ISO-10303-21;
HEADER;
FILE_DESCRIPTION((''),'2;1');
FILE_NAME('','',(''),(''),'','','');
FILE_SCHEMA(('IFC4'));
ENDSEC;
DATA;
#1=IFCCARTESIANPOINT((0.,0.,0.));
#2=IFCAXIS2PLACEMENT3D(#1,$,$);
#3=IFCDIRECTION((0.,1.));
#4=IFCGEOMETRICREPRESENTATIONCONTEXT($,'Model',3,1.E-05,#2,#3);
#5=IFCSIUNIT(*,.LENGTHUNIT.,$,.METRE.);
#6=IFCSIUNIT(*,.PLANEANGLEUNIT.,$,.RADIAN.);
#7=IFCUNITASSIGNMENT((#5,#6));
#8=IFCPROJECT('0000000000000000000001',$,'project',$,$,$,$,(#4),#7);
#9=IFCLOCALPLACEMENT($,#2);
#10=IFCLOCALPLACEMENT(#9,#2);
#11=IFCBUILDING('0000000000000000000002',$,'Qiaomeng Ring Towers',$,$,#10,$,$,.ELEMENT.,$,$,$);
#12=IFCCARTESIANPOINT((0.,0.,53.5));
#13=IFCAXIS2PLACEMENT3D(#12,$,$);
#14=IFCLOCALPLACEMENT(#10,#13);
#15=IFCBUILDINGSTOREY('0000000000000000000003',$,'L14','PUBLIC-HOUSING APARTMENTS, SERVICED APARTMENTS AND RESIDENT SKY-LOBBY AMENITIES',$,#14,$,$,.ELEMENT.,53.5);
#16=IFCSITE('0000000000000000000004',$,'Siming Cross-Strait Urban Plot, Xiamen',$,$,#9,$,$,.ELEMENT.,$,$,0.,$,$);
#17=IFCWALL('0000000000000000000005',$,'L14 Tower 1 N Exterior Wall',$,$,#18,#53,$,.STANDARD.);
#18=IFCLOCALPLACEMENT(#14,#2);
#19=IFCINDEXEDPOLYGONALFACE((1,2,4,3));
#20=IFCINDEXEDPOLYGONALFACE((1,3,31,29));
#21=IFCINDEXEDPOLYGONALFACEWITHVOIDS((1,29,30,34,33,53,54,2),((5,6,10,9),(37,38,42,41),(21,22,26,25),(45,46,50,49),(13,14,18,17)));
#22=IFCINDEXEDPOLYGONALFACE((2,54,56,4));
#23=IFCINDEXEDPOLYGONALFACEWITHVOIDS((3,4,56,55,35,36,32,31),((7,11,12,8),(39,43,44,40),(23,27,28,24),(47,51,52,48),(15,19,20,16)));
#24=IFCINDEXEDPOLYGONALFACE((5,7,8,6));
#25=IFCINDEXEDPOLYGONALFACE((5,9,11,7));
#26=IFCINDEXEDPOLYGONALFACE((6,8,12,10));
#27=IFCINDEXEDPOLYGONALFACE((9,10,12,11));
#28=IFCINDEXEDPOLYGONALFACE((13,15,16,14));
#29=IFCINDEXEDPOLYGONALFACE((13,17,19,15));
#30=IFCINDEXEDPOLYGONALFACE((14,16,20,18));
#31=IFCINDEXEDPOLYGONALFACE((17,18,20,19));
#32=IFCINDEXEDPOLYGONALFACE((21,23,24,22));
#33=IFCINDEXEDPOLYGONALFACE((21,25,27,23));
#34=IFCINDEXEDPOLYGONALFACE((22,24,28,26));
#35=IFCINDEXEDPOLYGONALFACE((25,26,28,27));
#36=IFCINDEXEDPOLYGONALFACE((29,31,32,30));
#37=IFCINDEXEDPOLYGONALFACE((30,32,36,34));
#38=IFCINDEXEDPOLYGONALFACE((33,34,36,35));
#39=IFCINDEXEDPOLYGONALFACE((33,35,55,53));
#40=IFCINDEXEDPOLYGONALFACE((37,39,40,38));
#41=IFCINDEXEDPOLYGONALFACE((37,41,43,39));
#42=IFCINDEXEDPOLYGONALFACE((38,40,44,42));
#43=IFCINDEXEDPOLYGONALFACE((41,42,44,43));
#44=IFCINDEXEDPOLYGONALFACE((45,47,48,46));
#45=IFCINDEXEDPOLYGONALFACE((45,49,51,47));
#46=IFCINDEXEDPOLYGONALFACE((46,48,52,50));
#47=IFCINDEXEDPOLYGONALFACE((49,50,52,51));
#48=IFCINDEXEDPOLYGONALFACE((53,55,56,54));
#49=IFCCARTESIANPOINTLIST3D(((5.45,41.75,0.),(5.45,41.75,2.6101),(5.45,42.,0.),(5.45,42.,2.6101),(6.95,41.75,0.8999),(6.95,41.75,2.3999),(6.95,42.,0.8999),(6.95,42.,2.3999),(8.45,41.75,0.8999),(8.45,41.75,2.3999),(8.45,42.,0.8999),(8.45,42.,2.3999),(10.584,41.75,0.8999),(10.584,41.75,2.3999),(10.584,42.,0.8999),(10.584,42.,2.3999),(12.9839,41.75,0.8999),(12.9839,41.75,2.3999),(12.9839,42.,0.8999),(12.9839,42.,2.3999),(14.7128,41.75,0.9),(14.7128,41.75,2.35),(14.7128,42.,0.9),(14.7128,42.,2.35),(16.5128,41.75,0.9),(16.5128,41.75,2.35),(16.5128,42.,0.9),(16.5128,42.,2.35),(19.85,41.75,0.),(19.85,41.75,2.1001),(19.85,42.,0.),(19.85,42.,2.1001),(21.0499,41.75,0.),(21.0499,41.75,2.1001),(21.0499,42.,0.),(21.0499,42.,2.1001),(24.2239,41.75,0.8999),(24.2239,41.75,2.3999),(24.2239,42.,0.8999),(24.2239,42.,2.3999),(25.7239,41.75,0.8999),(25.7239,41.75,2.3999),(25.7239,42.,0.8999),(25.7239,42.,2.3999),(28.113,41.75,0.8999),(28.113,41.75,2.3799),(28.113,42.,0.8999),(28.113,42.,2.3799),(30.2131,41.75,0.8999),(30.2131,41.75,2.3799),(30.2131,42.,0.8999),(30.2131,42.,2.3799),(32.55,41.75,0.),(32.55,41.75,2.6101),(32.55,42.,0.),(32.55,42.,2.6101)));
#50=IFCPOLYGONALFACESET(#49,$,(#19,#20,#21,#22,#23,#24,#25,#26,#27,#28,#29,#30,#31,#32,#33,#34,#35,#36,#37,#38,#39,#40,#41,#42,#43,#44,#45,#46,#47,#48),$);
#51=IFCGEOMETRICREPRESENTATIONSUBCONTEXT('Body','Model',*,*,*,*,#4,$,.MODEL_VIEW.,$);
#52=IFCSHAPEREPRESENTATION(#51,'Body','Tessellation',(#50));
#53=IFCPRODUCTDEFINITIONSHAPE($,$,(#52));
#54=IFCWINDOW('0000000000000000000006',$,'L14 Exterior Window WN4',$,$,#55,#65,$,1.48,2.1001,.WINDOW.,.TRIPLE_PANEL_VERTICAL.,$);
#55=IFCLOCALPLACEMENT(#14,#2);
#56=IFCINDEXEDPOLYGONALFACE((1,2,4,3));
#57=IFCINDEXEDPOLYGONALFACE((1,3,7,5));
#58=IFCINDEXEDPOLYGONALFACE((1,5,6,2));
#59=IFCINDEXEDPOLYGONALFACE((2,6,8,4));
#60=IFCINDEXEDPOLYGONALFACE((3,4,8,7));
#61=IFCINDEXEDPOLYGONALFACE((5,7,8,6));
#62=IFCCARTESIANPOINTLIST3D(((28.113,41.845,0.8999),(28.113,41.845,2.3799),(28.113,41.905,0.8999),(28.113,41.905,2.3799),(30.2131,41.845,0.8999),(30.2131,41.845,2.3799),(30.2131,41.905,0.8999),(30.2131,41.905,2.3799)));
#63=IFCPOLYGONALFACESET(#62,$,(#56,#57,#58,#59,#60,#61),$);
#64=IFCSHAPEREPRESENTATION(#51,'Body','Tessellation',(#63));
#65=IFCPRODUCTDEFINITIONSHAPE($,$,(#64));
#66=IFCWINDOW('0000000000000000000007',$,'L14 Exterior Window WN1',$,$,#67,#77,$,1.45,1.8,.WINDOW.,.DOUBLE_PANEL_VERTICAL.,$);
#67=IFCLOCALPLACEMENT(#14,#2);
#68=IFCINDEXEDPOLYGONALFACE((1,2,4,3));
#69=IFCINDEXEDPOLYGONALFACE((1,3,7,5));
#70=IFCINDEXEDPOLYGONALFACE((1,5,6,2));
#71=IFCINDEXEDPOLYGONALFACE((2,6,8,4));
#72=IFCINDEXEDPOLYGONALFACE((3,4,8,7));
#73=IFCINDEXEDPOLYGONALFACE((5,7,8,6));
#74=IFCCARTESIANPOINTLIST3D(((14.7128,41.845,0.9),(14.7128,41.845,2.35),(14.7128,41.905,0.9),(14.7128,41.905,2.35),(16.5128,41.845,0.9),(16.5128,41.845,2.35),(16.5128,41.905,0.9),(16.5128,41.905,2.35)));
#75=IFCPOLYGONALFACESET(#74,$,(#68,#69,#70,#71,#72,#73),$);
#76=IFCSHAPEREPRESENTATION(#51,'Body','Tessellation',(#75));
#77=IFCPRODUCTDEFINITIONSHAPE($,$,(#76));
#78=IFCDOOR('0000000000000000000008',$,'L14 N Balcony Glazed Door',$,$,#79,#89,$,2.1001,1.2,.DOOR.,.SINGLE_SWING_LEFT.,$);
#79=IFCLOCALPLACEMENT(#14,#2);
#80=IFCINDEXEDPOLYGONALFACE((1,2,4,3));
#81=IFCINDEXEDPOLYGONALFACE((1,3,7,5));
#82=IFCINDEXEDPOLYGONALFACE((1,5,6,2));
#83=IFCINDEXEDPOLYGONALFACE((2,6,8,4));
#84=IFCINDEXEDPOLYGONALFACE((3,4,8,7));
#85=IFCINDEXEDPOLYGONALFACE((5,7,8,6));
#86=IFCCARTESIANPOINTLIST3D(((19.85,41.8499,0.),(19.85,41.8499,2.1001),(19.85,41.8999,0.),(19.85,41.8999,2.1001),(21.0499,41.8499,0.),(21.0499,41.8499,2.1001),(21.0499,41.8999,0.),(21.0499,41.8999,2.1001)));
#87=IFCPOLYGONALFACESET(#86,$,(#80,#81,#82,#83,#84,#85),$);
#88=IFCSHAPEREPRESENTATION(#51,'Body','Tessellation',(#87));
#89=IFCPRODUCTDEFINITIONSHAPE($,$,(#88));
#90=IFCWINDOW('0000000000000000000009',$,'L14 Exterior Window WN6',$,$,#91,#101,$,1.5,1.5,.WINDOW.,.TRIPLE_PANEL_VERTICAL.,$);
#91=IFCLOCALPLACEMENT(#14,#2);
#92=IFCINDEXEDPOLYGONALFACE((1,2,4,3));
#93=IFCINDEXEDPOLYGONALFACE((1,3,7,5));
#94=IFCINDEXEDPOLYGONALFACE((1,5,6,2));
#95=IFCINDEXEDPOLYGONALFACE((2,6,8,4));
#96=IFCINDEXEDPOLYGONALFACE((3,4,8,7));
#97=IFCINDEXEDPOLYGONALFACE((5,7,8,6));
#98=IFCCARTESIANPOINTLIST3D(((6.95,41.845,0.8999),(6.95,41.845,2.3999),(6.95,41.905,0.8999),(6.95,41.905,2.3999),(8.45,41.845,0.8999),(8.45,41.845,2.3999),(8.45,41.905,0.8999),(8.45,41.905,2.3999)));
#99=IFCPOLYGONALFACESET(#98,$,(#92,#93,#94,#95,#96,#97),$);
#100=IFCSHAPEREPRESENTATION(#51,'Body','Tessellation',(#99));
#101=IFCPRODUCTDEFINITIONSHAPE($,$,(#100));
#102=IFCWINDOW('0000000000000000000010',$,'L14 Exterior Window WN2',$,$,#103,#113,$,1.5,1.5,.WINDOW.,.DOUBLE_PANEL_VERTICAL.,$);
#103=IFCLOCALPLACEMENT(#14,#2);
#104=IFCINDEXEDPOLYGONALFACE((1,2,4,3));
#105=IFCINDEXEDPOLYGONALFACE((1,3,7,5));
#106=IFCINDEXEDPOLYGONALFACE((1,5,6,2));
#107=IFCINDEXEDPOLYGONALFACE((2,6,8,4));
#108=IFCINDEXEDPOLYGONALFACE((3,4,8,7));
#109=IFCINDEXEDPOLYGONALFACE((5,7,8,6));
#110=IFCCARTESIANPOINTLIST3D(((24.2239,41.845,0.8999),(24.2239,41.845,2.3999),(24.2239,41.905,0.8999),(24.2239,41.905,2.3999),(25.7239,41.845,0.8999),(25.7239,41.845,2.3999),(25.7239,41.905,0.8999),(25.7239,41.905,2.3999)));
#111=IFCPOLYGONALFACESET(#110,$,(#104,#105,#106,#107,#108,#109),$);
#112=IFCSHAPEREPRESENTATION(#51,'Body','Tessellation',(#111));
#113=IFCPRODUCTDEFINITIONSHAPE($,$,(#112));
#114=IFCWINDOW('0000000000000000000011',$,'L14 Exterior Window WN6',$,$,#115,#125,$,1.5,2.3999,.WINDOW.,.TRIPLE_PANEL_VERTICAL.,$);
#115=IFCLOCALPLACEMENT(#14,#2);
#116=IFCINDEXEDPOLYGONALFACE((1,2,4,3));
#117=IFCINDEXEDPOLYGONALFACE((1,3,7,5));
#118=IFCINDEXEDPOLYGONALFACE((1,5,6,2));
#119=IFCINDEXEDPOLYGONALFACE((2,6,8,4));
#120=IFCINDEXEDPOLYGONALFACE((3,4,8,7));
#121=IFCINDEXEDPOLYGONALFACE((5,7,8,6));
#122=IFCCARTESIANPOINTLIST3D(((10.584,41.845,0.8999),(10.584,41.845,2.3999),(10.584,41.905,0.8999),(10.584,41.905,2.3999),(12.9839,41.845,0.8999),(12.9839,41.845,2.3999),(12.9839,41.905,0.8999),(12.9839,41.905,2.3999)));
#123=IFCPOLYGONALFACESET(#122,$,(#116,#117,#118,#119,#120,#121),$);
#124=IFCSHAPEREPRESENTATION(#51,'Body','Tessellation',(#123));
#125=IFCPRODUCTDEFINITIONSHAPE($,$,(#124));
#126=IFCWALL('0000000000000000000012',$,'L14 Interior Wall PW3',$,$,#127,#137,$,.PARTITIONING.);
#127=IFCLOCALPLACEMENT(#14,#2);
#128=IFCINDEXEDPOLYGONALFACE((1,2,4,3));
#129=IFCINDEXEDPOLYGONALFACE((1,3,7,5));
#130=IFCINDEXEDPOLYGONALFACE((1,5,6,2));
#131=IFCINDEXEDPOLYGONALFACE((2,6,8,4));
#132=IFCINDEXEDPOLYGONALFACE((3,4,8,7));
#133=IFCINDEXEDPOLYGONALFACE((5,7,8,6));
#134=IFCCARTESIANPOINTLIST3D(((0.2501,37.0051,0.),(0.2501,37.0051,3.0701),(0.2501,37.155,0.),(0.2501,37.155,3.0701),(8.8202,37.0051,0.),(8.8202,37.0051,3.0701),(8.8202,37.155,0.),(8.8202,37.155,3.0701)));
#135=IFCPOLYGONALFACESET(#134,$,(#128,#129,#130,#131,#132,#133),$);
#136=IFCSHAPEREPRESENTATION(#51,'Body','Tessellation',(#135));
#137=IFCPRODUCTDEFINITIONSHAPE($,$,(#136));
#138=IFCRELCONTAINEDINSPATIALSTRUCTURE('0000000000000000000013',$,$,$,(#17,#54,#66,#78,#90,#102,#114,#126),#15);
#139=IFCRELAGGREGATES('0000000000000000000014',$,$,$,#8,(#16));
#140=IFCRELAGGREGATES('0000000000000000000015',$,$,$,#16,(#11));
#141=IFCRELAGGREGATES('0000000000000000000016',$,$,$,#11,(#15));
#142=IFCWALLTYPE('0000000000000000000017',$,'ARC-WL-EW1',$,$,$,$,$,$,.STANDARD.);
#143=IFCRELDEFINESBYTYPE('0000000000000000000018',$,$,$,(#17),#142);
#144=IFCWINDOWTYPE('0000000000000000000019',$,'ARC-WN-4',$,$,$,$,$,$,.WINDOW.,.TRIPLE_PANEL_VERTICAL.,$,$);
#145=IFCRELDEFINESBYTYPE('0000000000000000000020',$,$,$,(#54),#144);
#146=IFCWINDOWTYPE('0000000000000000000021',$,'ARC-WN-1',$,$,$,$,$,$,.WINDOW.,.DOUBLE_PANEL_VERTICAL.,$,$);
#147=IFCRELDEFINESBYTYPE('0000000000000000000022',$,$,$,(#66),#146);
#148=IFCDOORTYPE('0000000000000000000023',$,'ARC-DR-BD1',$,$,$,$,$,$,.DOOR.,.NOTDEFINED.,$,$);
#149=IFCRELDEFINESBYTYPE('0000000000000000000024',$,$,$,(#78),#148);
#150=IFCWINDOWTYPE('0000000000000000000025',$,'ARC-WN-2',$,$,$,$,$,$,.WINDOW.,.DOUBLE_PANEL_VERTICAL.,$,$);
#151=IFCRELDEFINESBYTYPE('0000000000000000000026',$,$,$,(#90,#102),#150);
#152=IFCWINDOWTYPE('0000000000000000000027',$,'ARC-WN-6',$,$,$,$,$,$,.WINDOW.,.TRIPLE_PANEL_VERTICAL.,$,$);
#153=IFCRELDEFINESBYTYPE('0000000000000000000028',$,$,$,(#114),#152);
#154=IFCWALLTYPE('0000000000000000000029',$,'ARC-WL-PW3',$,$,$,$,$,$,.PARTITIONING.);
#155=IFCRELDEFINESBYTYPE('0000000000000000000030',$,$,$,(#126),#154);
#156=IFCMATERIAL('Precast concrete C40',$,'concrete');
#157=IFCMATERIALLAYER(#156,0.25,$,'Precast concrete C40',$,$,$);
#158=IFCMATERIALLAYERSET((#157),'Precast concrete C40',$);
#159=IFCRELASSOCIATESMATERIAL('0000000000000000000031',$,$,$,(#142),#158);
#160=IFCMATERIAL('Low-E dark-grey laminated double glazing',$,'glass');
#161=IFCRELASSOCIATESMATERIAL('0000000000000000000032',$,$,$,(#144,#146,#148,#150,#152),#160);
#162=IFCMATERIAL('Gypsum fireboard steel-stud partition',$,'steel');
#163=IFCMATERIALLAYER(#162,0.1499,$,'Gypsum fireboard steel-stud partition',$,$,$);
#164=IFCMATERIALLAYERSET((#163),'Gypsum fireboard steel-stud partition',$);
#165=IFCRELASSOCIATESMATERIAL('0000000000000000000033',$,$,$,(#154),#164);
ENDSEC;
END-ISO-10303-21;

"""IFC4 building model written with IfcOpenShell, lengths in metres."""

from ifc_helpers import new_model, si_unit, direction, frame, frame_2d, origin, place, context, subcontext, project, spatial, rectangle, extrude, source, transform, mapped, material, layer, layer_set, type_object, element, fill, save


model = new_model("IFC4")

# Units and contexts
model_context = context("Model", 3, precision=1e-05, world=origin(), true_north=direction((0.0, 1.0)))
body_context = subcontext(model_context, "Body", "Model", "MODEL_VIEW")
ifc_project = project(units=[si_unit("LENGTHUNIT", "METRE"), si_unit("PLANEANGLEUNIT", "RADIAN")], contexts=[model_context])

# Site, building, storey
site_placement = place(None, origin())
site = spatial("IfcSite", under=ifc_project, at=site_placement, Name="Siming Cross-Strait Urban Plot, Xiamen", CompositionType="ELEMENT", RefElevation=0.0)
building_placement = place(site_placement, origin())
building = spatial("IfcBuilding", under=site, at=building_placement, Name="Qiaomeng Ring Towers", CompositionType="ELEMENT")
storey_placement = place(building_placement, frame((0.0, 0.0, 53.5)))
storey = spatial("IfcBuildingStorey", under=building, at=storey_placement, Name="L14", Description="PUBLIC-HOUSING APARTMENTS, SERVICED APARTMENTS AND RESIDENT SKY-LOBBY AMENITIES", CompositionType="ELEMENT", Elevation=53.5)

# Shared definitions
ifc_material_1 = material(Name="Low-E dark-grey laminated double glazing", Category="glass")

# Wall, openings, windows, door
ifc_material_2 = material(Name="Precast concrete C40", Category="concrete")
ifc_layer_1 = layer(ifc_material_2, 0.25, Name="Precast concrete C40")
ifc_layer_set_1 = layer_set([ifc_layer_1], Name="Precast concrete C40")
wall_type_1 = type_object("IfcWallType", Name="ARC-WL-EW1", PredefinedType="STANDARD", material=ifc_layer_set_1)
wall_1_placement = place(storey_placement, frame((5.45, 41.875, 0.0), z_axis=(0.0, 0.0, 1.0), x_axis=(1.0, 0.0, 0.0)))
wall_1 = element("IfcWall", 1, at=wall_1_placement, inside=storey, type_object=wall_type_1, Name="L14 Tower 1 N Exterior Wall", PredefinedType="STANDARD", context=body_context, shape_type="SweptSolid", body=[
    extrude(rectangle(XDim=27.1001, YDim=0.25, at=frame_2d((13.55, 0.0))), origin(), (0.0, 0.0, 1.0), 2.6101),
])
opening_1_placement = place(wall_1_placement, frame((14.3999, 0.0, 0.0)))
opening_1 = element("IfcOpeningElement", 2, at=opening_1_placement, cuts=wall_1, PredefinedType="OPENING", context=body_context, shape_type="SweptSolid", body=[
    extrude(rectangle(XDim=1.2, YDim=2.1001, at=frame_2d((0.6001, 1.05))), frame((0.0, 0.135, 0.0), z_axis=(0.0, -1.0, 0.0), x_axis=(1.0, 0.0, 0.0)), (0.0, 0.0, 1.0), 0.27),
])
opening_2_placement = place(wall_1_placement, frame((1.5, 0.0, 0.8999)))
opening_2 = element("IfcOpeningElement", 3, at=opening_2_placement, cuts=wall_1, PredefinedType="OPENING", context=body_context, shape_type="SweptSolid", body=[
    extrude(rectangle(XDim=1.5, YDim=1.5, at=frame_2d((0.75, 0.75))), frame((0.0, 0.135, 0.0), z_axis=(0.0, -1.0, 0.0), x_axis=(1.0, 0.0, 0.0)), (0.0, 0.0, 1.0), 0.27),
])
opening_3_placement = place(wall_1_placement, frame((9.2629, 0.0, 0.8999)))
opening_3 = element("IfcOpeningElement", 4, at=opening_3_placement, cuts=wall_1, PredefinedType="OPENING", context=body_context, shape_type="SweptSolid", body=[
    extrude(rectangle(XDim=1.8, YDim=1.45, at=frame_2d((0.8999, 0.7251))), frame((0.0, 0.135, 0.0), z_axis=(0.0, -1.0, 0.0), x_axis=(1.0, 0.0, 0.0)), (0.0, 0.0, 1.0), 0.27),
])
opening_4_placement = place(wall_1_placement, frame((18.7739, 0.0, 0.8999)))
opening_4 = element("IfcOpeningElement", 5, at=opening_4_placement, cuts=wall_1, PredefinedType="OPENING", context=body_context, shape_type="SweptSolid", body=[
    extrude(rectangle(XDim=1.5, YDim=1.5, at=frame_2d((0.75, 0.75))), frame((0.0, 0.135, 0.0), z_axis=(0.0, -1.0, 0.0), x_axis=(1.0, 0.0, 0.0)), (0.0, 0.0, 1.0), 0.27),
])
opening_5_placement = place(wall_1_placement, frame((22.6631, 0.0, 0.8999)))
opening_5 = element("IfcOpeningElement", 6, at=opening_5_placement, cuts=wall_1, PredefinedType="OPENING", context=body_context, shape_type="SweptSolid", body=[
    extrude(rectangle(XDim=2.1001, YDim=1.48, at=frame_2d((1.05, 0.74))), frame((0.0, 0.135, 0.0), z_axis=(0.0, -1.0, 0.0), x_axis=(1.0, 0.0, 0.0)), (0.0, 0.0, 1.0), 0.27),
])
opening_6_placement = place(wall_1_placement, frame((5.134, 0.0, 0.8999)))
opening_6 = element("IfcOpeningElement", 7, at=opening_6_placement, cuts=wall_1, PredefinedType="OPENING", context=body_context, shape_type="SweptSolid", body=[
    extrude(rectangle(XDim=2.3999, YDim=1.5, at=frame_2d((1.2, 0.75))), frame((0.0, 0.135, 0.0), z_axis=(0.0, -1.0, 0.0), x_axis=(1.0, 0.0, 0.0)), (0.0, 0.0, 1.0), 0.27),
])
window_type_1 = type_object("IfcWindowType", Name="ARC-WN-4", PartitioningType="TRIPLE_PANEL_VERTICAL", PredefinedType="WINDOW", material=ifc_material_1)
shared_shape_1 = source(origin(), body_context, "Body", "SweptSolid", [
    extrude(rectangle(XDim=2.1001, YDim=1.48, at=frame_2d((1.05, 0.74))), frame((0.0, 0.03, 0.0), z_axis=(0.0, -1.0, 0.0), x_axis=(1.0, 0.0, 0.0)), (0.0, 0.0, 1.0), 0.0601),
])
window_1_placement = place(opening_5_placement, origin())
window_1 = element("IfcWindow", 8, at=window_1_placement, inside=storey, type_object=window_type_1, Name="L14 Exterior Window WN4", OverallHeight=1.48, OverallWidth=2.1001, PartitioningType="TRIPLE_PANEL_VERTICAL", PredefinedType="WINDOW", context=body_context, shape_type="MappedRepresentation", body=[
    mapped(shared_shape_1, transform((0.0, 0.0, 0.0), x_axis=(1.0, 0.0, 0.0), y_axis=(0.0, 1.0, 0.0), z_axis=(0.0, 0.0, 1.0), scale=1.0)),
])
fill(opening_5, window_1)
window_type_2 = type_object("IfcWindowType", Name="ARC-WN-1", PartitioningType="DOUBLE_PANEL_VERTICAL", PredefinedType="WINDOW", material=ifc_material_1)
shared_shape_2 = source(origin(), body_context, "Body", "SweptSolid", [
    extrude(rectangle(XDim=1.8, YDim=1.45, at=frame_2d((0.8999, 0.7251))), frame((0.0, 0.03, 0.0), z_axis=(0.0, -1.0, 0.0), x_axis=(1.0, 0.0, 0.0)), (0.0, 0.0, 1.0), 0.0601),
])
window_2_placement = place(opening_3_placement, origin())
window_2 = element("IfcWindow", 9, at=window_2_placement, inside=storey, type_object=window_type_2, Name="L14 Exterior Window WN1", OverallHeight=1.45, OverallWidth=1.8, PartitioningType="DOUBLE_PANEL_VERTICAL", PredefinedType="WINDOW", context=body_context, shape_type="MappedRepresentation", body=[
    mapped(shared_shape_2, transform((0.0, 0.0, 0.0), x_axis=(1.0, 0.0, 0.0), y_axis=(0.0, 1.0, 0.0), z_axis=(0.0, 0.0, 1.0), scale=1.0)),
])
fill(opening_3, window_2)
door_type_1 = type_object("IfcDoorType", Name="ARC-DR-BD1", OperationType="NOTDEFINED", PredefinedType="DOOR", material=ifc_material_1)
shared_shape_3 = source(origin(), body_context, "Body", "SweptSolid", [
    extrude(rectangle(XDim=1.2, YDim=2.1001, at=frame_2d((0.6001, 1.05))), frame((0.0, 0.0249, 0.0), z_axis=(0.0, -1.0, 0.0), x_axis=(1.0, 0.0, 0.0)), (0.0, 0.0, 1.0), 0.05),
])
door_1_placement = place(opening_1_placement, origin())
door_1 = element("IfcDoor", 10, at=door_1_placement, inside=storey, type_object=door_type_1, Name="L14 N Balcony Glazed Door", OperationType="SINGLE_SWING_LEFT", OverallHeight=2.1001, OverallWidth=1.2, PredefinedType="DOOR", context=body_context, shape_type="MappedRepresentation", body=[
    mapped(shared_shape_3, transform((0.0, 0.0, 0.0), x_axis=(1.0, 0.0, 0.0), y_axis=(0.0, 1.0, 0.0), z_axis=(0.0, 0.0, 1.0), scale=1.0)),
])
fill(opening_1, door_1)
window_type_3 = type_object("IfcWindowType", Name="ARC-WN-2", PartitioningType="DOUBLE_PANEL_VERTICAL", PredefinedType="WINDOW", material=ifc_material_1)
shared_shape_4 = source(origin(), body_context, "Body", "SweptSolid", [
    extrude(rectangle(XDim=1.5, YDim=1.5, at=frame_2d((0.75, 0.75))), frame((0.0, 0.03, 0.0), z_axis=(0.0, -1.0, 0.0), x_axis=(1.0, 0.0, 0.0)), (0.0, 0.0, 1.0), 0.0601),
])
window_3_placement = place(opening_2_placement, origin())
window_3 = element("IfcWindow", 11, at=window_3_placement, inside=storey, type_object=window_type_3, Name="L14 Exterior Window WN6", OverallHeight=1.5, OverallWidth=1.5, PartitioningType="TRIPLE_PANEL_VERTICAL", PredefinedType="WINDOW", context=body_context, shape_type="MappedRepresentation", body=[
    mapped(shared_shape_4, transform((0.0, 0.0, 0.0), x_axis=(1.0, 0.0, 0.0), y_axis=(0.0, 1.0, 0.0), z_axis=(0.0, 0.0, 1.0), scale=1.0)),
])
fill(opening_2, window_3)
window_4_placement = place(opening_4_placement, origin())
window_4 = element("IfcWindow", 12, at=window_4_placement, inside=storey, type_object=window_type_3, Name="L14 Exterior Window WN2", OverallHeight=1.5, OverallWidth=1.5, PartitioningType="DOUBLE_PANEL_VERTICAL", PredefinedType="WINDOW", context=body_context, shape_type="MappedRepresentation", body=[
    mapped(shared_shape_4, transform((0.0, 0.0, 0.0), x_axis=(1.0, 0.0, 0.0), y_axis=(0.0, 1.0, 0.0), z_axis=(0.0, 0.0, 1.0), scale=1.0)),
])
fill(opening_4, window_4)
window_type_4 = type_object("IfcWindowType", Name="ARC-WN-6", PartitioningType="TRIPLE_PANEL_VERTICAL", PredefinedType="WINDOW", material=ifc_material_1)
shared_shape_5 = source(origin(), body_context, "Body", "SweptSolid", [
    extrude(rectangle(XDim=2.3999, YDim=1.5, at=frame_2d((1.2, 0.75))), frame((0.0, 0.03, 0.0), z_axis=(0.0, -1.0, 0.0), x_axis=(1.0, 0.0, 0.0)), (0.0, 0.0, 1.0), 0.0601),
])
window_5_placement = place(opening_6_placement, origin())
window_5 = element("IfcWindow", 13, at=window_5_placement, inside=storey, type_object=window_type_4, Name="L14 Exterior Window WN6", OverallHeight=1.5, OverallWidth=2.3999, PartitioningType="TRIPLE_PANEL_VERTICAL", PredefinedType="WINDOW", context=body_context, shape_type="MappedRepresentation", body=[
    mapped(shared_shape_5, transform((0.0, 0.0, 0.0), x_axis=(1.0, 0.0, 0.0), y_axis=(0.0, 1.0, 0.0), z_axis=(0.0, 0.0, 1.0), scale=1.0)),
])
fill(opening_6, window_5)

# Wall
ifc_material_3 = material(Name="Gypsum fireboard steel-stud partition", Category="steel")
ifc_layer_2 = layer(ifc_material_3, 0.1499, Name="Gypsum fireboard steel-stud partition")
ifc_layer_set_2 = layer_set([ifc_layer_2], Name="Gypsum fireboard steel-stud partition")
wall_type_2 = type_object("IfcWallType", Name="ARC-WL-PW3", PredefinedType="PARTITIONING", material=ifc_layer_set_2)
wall_2_placement = place(storey_placement, frame((0.25, 37.0801, 0.0), z_axis=(0.0, 0.0, 1.0), x_axis=(1.0, 0.0, 0.0)))
element("IfcWall", 14, at=wall_2_placement, inside=storey, type_object=wall_type_2, Name="L14 Interior Wall PW3", PredefinedType="PARTITIONING", context=body_context, shape_type="SweptSolid", body=[
    extrude(rectangle(XDim=8.5701, YDim=0.1499, at=frame_2d((4.2852, 0.0))), origin(), (0.0, 0.0, 1.0), 3.0701),
])

save(model, "model.ifc")
